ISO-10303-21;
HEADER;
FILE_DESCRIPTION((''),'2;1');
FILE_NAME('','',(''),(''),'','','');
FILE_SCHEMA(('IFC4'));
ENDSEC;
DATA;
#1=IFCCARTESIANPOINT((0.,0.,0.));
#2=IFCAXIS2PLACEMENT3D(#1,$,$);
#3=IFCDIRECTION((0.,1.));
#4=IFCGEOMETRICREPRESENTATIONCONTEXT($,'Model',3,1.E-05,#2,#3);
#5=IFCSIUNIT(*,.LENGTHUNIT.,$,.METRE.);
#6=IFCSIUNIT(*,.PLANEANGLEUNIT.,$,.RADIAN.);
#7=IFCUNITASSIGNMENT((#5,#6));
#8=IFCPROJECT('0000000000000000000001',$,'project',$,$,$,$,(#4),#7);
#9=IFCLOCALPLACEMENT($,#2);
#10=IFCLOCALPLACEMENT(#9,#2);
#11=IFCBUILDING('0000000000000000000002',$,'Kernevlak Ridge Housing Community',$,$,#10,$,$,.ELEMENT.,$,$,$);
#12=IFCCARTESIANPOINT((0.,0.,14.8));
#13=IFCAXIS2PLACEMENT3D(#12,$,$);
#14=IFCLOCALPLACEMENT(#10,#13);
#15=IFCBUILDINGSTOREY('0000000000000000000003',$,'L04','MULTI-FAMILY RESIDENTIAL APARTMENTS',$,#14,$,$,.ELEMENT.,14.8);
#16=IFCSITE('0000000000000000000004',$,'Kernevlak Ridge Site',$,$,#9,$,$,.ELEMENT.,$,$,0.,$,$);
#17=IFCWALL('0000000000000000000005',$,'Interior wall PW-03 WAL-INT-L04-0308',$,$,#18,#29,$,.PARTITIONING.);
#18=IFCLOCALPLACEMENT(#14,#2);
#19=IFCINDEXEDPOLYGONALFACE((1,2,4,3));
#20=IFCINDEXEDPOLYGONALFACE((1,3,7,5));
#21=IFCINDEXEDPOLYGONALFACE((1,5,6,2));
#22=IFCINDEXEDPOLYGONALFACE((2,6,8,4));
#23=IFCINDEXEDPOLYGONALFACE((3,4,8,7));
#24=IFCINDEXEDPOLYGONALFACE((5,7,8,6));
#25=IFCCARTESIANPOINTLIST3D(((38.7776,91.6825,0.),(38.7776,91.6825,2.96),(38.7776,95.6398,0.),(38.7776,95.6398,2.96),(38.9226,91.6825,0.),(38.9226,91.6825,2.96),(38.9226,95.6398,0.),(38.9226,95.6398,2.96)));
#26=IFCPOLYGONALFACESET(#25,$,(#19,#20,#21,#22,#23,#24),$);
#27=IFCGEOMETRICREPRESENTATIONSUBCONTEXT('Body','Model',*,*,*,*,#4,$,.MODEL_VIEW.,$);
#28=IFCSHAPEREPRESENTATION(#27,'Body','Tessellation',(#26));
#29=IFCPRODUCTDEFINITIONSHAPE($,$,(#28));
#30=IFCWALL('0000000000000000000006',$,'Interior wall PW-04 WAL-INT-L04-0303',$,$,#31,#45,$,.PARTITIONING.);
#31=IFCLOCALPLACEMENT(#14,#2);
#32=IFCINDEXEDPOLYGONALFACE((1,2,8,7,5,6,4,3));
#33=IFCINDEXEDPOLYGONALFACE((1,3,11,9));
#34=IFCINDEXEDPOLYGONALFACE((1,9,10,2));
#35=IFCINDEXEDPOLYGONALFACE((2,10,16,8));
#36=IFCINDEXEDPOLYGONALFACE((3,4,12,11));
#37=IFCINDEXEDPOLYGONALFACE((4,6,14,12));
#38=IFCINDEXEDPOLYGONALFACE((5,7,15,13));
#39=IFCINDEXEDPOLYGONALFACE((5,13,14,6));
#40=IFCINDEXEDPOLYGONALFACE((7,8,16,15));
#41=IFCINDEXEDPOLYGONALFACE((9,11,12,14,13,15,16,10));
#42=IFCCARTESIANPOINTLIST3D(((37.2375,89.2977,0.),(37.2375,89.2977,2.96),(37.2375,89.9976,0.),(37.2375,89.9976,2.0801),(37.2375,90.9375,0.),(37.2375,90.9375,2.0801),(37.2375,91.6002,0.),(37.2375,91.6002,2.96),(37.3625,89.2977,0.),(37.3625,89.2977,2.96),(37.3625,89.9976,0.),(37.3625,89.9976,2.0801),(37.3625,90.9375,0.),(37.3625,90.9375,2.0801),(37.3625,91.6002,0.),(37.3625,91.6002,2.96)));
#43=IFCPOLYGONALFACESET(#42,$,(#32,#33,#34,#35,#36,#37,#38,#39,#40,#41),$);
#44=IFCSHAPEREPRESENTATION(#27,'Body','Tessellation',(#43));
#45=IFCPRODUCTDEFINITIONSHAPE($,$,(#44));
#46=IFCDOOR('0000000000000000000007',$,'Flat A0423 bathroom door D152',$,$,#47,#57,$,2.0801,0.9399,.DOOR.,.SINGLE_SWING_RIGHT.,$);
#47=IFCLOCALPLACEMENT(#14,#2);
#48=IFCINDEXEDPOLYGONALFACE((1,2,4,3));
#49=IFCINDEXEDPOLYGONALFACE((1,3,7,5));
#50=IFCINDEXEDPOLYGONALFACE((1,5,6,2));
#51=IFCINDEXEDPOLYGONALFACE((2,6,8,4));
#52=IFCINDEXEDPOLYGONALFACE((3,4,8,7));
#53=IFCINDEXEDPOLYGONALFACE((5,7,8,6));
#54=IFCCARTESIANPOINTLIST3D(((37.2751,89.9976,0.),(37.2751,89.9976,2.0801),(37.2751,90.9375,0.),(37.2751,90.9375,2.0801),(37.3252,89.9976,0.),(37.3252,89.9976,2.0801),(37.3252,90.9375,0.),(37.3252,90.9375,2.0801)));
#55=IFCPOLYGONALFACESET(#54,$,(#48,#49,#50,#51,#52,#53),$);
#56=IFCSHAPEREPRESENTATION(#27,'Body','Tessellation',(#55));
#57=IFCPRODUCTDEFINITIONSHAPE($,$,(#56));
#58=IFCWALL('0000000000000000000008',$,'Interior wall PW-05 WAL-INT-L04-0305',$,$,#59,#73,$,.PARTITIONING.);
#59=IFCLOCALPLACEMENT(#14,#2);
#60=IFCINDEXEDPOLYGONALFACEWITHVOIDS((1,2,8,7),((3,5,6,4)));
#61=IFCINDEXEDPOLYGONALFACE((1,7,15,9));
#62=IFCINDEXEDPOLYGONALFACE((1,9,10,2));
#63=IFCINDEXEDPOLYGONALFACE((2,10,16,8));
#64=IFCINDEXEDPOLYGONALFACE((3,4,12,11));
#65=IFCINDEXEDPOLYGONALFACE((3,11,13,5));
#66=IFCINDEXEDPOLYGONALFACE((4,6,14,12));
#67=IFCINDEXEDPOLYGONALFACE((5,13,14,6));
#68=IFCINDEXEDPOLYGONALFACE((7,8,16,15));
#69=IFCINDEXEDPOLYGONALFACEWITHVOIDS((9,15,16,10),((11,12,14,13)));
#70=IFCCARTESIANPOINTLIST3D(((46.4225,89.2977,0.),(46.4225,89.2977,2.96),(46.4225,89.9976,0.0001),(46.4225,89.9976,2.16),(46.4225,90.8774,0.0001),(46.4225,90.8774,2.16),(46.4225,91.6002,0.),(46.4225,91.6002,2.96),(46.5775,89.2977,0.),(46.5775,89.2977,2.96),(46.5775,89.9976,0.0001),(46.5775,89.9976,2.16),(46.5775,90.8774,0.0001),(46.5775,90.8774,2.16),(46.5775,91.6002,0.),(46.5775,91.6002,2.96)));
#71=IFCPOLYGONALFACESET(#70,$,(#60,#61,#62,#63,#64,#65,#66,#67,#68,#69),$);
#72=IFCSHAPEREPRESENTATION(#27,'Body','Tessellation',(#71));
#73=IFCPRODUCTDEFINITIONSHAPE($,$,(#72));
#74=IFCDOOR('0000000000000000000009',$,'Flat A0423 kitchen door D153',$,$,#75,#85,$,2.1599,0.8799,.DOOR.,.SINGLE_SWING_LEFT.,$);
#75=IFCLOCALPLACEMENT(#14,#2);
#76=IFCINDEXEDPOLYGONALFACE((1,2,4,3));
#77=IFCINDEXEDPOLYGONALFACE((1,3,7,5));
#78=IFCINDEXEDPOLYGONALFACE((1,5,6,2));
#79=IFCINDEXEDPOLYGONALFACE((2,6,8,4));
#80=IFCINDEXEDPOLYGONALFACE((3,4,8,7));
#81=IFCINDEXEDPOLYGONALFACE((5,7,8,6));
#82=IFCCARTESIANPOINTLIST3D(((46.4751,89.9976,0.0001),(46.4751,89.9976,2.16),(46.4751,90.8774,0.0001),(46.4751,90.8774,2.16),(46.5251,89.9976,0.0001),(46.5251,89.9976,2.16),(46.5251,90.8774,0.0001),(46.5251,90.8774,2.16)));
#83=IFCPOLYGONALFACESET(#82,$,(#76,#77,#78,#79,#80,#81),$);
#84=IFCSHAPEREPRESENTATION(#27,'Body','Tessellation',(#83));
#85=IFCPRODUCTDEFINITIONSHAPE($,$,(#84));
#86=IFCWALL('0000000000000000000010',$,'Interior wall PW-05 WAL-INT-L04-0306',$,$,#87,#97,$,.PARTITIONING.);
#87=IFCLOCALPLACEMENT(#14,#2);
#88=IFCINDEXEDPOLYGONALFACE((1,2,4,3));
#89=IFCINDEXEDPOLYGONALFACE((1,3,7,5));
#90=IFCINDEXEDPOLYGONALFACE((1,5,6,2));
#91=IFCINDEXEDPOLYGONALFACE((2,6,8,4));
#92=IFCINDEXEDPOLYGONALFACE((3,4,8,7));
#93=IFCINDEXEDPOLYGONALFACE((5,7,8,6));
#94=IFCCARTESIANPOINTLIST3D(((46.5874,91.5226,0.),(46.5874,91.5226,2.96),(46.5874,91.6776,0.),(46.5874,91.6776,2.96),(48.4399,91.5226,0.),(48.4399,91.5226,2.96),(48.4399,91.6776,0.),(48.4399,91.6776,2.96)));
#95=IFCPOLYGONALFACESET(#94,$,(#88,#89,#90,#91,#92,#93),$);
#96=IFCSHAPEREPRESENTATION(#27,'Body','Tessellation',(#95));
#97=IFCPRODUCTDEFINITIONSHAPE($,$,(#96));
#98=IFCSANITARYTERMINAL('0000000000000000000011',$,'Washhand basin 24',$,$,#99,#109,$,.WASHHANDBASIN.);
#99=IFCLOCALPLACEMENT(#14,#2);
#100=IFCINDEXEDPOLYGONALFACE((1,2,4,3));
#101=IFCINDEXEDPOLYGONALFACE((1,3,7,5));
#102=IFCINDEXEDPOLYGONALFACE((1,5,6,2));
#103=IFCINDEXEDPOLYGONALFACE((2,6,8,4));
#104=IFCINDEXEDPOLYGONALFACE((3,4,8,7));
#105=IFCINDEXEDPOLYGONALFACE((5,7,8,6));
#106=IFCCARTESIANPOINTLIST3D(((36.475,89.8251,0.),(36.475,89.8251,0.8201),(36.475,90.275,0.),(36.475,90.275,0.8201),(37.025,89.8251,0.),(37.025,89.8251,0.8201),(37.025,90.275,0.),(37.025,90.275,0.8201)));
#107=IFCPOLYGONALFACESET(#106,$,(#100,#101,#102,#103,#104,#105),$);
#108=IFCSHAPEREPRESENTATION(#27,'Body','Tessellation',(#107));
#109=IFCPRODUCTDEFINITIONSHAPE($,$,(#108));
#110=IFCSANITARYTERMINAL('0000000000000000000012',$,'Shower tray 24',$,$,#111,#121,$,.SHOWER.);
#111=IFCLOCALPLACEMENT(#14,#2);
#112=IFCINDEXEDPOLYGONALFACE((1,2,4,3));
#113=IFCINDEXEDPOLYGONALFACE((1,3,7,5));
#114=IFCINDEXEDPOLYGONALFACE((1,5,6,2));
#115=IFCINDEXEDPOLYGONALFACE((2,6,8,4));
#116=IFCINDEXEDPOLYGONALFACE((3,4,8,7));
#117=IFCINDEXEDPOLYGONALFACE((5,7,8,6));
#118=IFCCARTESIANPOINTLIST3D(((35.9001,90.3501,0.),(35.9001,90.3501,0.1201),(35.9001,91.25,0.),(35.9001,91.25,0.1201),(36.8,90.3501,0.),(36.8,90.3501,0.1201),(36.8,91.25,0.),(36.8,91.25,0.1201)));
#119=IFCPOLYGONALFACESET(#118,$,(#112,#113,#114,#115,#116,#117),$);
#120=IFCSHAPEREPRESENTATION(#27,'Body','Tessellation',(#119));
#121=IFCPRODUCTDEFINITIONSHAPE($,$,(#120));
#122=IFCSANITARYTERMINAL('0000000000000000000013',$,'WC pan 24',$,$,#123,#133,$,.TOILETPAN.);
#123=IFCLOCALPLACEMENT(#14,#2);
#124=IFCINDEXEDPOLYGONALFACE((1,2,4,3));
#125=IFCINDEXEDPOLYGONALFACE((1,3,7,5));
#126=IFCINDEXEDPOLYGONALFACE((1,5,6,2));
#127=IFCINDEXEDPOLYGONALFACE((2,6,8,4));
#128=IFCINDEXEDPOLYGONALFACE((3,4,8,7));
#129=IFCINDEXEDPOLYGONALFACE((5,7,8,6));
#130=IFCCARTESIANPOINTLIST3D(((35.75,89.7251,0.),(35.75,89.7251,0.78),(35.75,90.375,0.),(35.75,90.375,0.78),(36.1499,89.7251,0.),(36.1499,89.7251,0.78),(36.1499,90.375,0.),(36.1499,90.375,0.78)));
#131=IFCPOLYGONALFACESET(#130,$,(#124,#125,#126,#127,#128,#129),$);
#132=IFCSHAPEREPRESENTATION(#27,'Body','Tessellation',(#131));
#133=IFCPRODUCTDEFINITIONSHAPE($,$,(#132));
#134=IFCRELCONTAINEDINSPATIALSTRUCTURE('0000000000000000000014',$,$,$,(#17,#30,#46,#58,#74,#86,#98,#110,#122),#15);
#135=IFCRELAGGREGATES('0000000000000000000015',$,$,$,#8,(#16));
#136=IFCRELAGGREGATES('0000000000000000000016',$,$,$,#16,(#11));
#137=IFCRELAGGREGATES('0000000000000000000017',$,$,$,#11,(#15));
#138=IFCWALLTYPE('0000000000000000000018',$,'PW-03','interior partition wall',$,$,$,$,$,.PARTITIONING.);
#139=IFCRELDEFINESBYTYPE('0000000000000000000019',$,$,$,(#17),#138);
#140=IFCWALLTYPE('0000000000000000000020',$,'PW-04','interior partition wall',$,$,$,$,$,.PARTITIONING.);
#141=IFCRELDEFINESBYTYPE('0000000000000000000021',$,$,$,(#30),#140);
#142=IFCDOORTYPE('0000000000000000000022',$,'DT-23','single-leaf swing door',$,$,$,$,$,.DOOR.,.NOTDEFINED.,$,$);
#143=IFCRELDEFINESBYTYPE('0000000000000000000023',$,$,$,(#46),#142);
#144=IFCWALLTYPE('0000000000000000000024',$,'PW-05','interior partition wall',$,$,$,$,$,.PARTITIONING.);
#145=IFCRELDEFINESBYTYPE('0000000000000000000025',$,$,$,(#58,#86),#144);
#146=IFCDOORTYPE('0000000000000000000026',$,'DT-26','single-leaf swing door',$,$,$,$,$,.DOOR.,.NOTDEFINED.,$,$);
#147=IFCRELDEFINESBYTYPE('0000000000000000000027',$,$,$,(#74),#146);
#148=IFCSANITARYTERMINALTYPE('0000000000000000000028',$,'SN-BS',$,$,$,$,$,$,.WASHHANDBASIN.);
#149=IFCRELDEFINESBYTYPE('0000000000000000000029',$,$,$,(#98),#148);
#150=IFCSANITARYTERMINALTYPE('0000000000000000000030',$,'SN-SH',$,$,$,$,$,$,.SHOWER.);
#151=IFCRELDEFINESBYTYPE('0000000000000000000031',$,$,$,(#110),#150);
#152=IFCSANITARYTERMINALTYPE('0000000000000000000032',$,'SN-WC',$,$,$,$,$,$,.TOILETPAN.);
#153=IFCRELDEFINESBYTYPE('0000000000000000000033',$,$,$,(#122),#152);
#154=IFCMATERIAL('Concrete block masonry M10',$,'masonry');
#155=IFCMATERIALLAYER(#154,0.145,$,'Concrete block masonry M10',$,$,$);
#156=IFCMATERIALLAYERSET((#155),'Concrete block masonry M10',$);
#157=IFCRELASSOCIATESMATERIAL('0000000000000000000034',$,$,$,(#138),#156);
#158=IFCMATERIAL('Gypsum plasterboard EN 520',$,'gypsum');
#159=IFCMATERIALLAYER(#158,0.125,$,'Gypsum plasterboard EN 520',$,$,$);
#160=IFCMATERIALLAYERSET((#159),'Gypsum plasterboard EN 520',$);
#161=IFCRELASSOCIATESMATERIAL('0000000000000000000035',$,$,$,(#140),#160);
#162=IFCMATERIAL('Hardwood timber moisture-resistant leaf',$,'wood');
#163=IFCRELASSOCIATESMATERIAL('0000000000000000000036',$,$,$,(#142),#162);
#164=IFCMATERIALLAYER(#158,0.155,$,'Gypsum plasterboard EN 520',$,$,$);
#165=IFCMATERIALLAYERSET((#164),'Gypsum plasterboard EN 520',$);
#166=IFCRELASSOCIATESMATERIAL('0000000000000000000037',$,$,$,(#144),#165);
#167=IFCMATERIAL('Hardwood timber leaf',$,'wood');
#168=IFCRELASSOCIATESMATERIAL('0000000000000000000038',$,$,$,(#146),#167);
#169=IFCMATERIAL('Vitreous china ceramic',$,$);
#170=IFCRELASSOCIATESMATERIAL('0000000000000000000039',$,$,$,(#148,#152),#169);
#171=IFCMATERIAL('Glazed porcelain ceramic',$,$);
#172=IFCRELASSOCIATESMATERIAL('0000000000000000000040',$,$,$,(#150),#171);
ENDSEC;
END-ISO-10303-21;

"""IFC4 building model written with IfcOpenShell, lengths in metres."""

from ifc_helpers import new_model, si_unit, direction, frame, frame_2d, origin, origin_2d, place, context, subcontext, project, spatial, rectangle, extrude, material, layer, layer_set, type_object, element, fill, save


model = new_model("IFC4")

# Units and contexts
model_context = context("Model", 3, precision=1e-05, world=origin(), true_north=direction((0.0, 1.0)))
body_context = subcontext(model_context, "Body", "Model", "MODEL_VIEW")
ifc_project = project(units=[si_unit("LENGTHUNIT", "METRE"), si_unit("PLANEANGLEUNIT", "RADIAN")], contexts=[model_context])

# Site, building, storey
site_placement = place(None, origin())
site = spatial("IfcSite", under=ifc_project, at=site_placement, Name="Kernevlak Ridge Site", CompositionType="ELEMENT", RefElevation=0.0)
building_placement = place(site_placement, origin())
building = spatial("IfcBuilding", under=site, at=building_placement, Name="Kernevlak Ridge Housing Community", CompositionType="ELEMENT")
storey_placement = place(building_placement, frame((0.0, 0.0, 14.8)))
storey = spatial("IfcBuildingStorey", under=building, at=storey_placement, Name="L04", Description="MULTI-FAMILY RESIDENTIAL APARTMENTS", CompositionType="ELEMENT", Elevation=14.8)

# Shared definitions
ifc_material_1 = material(Name="Concrete block masonry M10", Category="masonry")

# Shared definitions
ifc_layer_1 = layer(ifc_material_1, 0.145, Name="Concrete block masonry M10")
ifc_layer_set_1 = layer_set([ifc_layer_1], Name="Concrete block masonry M10")
wall_type_1 = type_object("IfcWallType", Name="PW-03", Description="interior partition wall", PredefinedType="PARTITIONING", material=ifc_layer_set_1)

# Shared definitions
ifc_material_2 = material(Name="Hardwood timber leaf", Category="wood")

# Wall
wall_1_placement = place(storey_placement, frame((38.8501, 91.6826, 0.0), z_axis=(0.0, 0.0, 1.0), x_axis=(0.0, 1.0, 0.0)))
element("IfcWall", 1, at=wall_1_placement, inside=storey, type_object=wall_type_1, Name="Interior wall PW-03 WAL-INT-L04-0308", PredefinedType="PARTITIONING", context=body_context, shape_type="SweptSolid", body=[
    extrude(rectangle(XDim=3.9573, YDim=0.145, at=frame_2d((1.9785, 0.0))), origin(), (0.0, 0.0, 1.0), 2.96),
])

# Walls, openings, doors
ifc_material_3 = material(Name="Gypsum plasterboard EN 520", Category="gypsum")
ifc_layer_2 = layer(ifc_material_3, 0.125, Name="Gypsum plasterboard EN 520")
ifc_layer_set_2 = layer_set([ifc_layer_2], Name="Gypsum plasterboard EN 520")
wall_type_2 = type_object("IfcWallType", Name="PW-04", Description="interior partition wall", PredefinedType="PARTITIONING", material=ifc_layer_set_2)
wall_2_placement = place(storey_placement, frame((37.3, 89.2976, 0.0), z_axis=(0.0, 0.0, 1.0), x_axis=(0.0, 1.0, 0.0)))
wall_2 = element("IfcWall", 2, at=wall_2_placement, inside=storey, type_object=wall_type_2, Name="Interior wall PW-04 WAL-INT-L04-0303", PredefinedType="PARTITIONING", context=body_context, shape_type="SweptSolid", body=[
    extrude(rectangle(XDim=2.3025, YDim=0.125, at=frame_2d((1.1514, 0.0))), origin(), (0.0, 0.0, 1.0), 2.96),
])
opening_1_placement = place(wall_2_placement, frame((0.7, 0.0, 0.0)))
opening_1 = element("IfcOpeningElement", 3, at=opening_1_placement, cuts=wall_2, PredefinedType="OPENING", context=body_context, shape_type="SweptSolid", body=[
    extrude(rectangle(XDim=0.9399, YDim=2.0801, at=frame_2d((0.47, 1.04))), frame((0.0, 0.0725, 0.0), z_axis=(0.0, -1.0, 0.0), x_axis=(1.0, 0.0, 0.0)), (0.0, 0.0, 1.0), 0.145),
])
ifc_material_4 = material(Name="Hardwood timber moisture-resistant leaf", Category="wood")
door_type_1 = type_object("IfcDoorType", Name="DT-23", Description="single-leaf swing door", OperationType="NOTDEFINED", PredefinedType="DOOR", material=ifc_material_4)
door_1_placement = place(opening_1_placement, origin())
door_1 = element("IfcDoor", 4, at=door_1_placement, inside=storey, type_object=door_type_1, Name="Flat A0423 bathroom door D152", OperationType="SINGLE_SWING_RIGHT", OverallHeight=2.0801, OverallWidth=0.9399, PredefinedType="DOOR", context=body_context, shape_type="SweptSolid", body=[
    extrude(rectangle(XDim=0.9399, YDim=2.0801, at=frame_2d((0.47, 1.04))), frame((0.0, 0.0249, 0.0), z_axis=(0.0, -1.0, 0.0), x_axis=(1.0, 0.0, 0.0)), (0.0, 0.0, 1.0), 0.05),
])
fill(opening_1, door_1)
ifc_layer_3 = layer(ifc_material_3, 0.155, Name="Gypsum plasterboard EN 520")
ifc_layer_set_3 = layer_set([ifc_layer_3], Name="Gypsum plasterboard EN 520")
wall_type_3 = type_object("IfcWallType", Name="PW-05", Description="interior partition wall", PredefinedType="PARTITIONING", material=ifc_layer_set_3)
wall_3_placement = place(storey_placement, frame((46.5, 89.2976, 0.0), z_axis=(0.0, 0.0, 1.0), x_axis=(0.0, 1.0, 0.0)))
wall_3 = element("IfcWall", 5, at=wall_3_placement, inside=storey, type_object=wall_type_3, Name="Interior wall PW-05 WAL-INT-L04-0305", PredefinedType="PARTITIONING", context=body_context, shape_type="SweptSolid", body=[
    extrude(rectangle(XDim=2.3025, YDim=0.155, at=frame_2d((1.1514, 0.0))), origin(), (0.0, 0.0, 1.0), 2.96),
])
opening_2_placement = place(wall_3_placement, frame((0.7, 0.0, 0.0)))
opening_2 = element("IfcOpeningElement", 6, at=opening_2_placement, cuts=wall_3, PredefinedType="OPENING", context=body_context, shape_type="SweptSolid", body=[
    extrude(rectangle(XDim=0.8799, YDim=2.1599, at=frame_2d((0.4399, 1.0801))), frame((0.0, 0.0874, 0.0), z_axis=(0.0, -1.0, 0.0), x_axis=(1.0, 0.0, 0.0)), (0.0, 0.0, 1.0), 0.175),
])
door_type_2 = type_object("IfcDoorType", Name="DT-26", Description="single-leaf swing door", OperationType="NOTDEFINED", PredefinedType="DOOR", material=ifc_material_2)
door_2_placement = place(opening_2_placement, origin())
door_2 = element("IfcDoor", 7, at=door_2_placement, inside=storey, type_object=door_type_2, Name="Flat A0423 kitchen door D153", OperationType="SINGLE_SWING_LEFT", OverallHeight=2.1599, OverallWidth=0.8799, PredefinedType="DOOR", context=body_context, shape_type="SweptSolid", body=[
    extrude(rectangle(XDim=0.8799, YDim=2.1599, at=frame_2d((0.4399, 1.0801))), frame((0.0, 0.0249, 0.0), z_axis=(0.0, -1.0, 0.0), x_axis=(1.0, 0.0, 0.0)), (0.0, 0.0, 1.0), 0.05),
])
fill(opening_2, door_2)

# Wall
wall_4_placement = place(storey_placement, frame((46.5874, 91.6001, 0.0), z_axis=(0.0, 0.0, 1.0), x_axis=(1.0, 0.0, 0.0)))
element("IfcWall", 8, at=wall_4_placement, inside=storey, type_object=wall_type_3, Name="Interior wall PW-05 WAL-INT-L04-0306", PredefinedType="PARTITIONING", context=body_context, shape_type="SweptSolid", body=[
    extrude(rectangle(XDim=1.8525, YDim=0.155, at=frame_2d((0.9263, 0.0))), origin(), (0.0, 0.0, 1.0), 2.96),
])

# Sanitary terminals
ifc_material_5 = material(Name="Vitreous china ceramic")
sanitary_terminal_type_1 = type_object("IfcSanitaryTerminalType", Name="SN-BS", PredefinedType="WASHHANDBASIN", material=ifc_material_5)
sanitary_terminal_1_placement = place(storey_placement, frame((36.75, 90.05, 0.0), z_axis=(0.0, 0.0, 1.0), x_axis=(1.0, 0.0, 0.0)))
element("IfcSanitaryTerminal", 9, at=sanitary_terminal_1_placement, inside=storey, type_object=sanitary_terminal_type_1, Name="Washhand basin 24", PredefinedType="WASHHANDBASIN", context=body_context, shape_type="SweptSolid", body=[
    extrude(rectangle(XDim=0.55, YDim=0.45, at=origin_2d()), origin(), (0.0, 0.0, 1.0), 0.8201),
])
ifc_material_6 = material(Name="Glazed porcelain ceramic")
sanitary_terminal_type_2 = type_object("IfcSanitaryTerminalType", Name="SN-SH", PredefinedType="SHOWER", material=ifc_material_6)
sanitary_terminal_2_placement = place(storey_placement, frame((36.3501, 90.8, 0.0), z_axis=(0.0, 0.0, 1.0), x_axis=(1.0, 0.0, 0.0)))
element("IfcSanitaryTerminal", 10, at=sanitary_terminal_2_placement, inside=storey, type_object=sanitary_terminal_type_2, Name="Shower tray 24", PredefinedType="SHOWER", context=body_context, shape_type="SweptSolid", body=[
    extrude(rectangle(XDim=0.8999, YDim=0.8999, at=origin_2d()), origin(), (0.0, 0.0, 1.0), 0.1201),
])
sanitary_terminal_type_3 = type_object("IfcSanitaryTerminalType", Name="SN-WC", PredefinedType="TOILETPAN", material=ifc_material_5)
sanitary_terminal_3_placement = place(storey_placement, frame((35.95, 90.05, 0.0), z_axis=(0.0, 0.0, 1.0), x_axis=(1.0, 0.0, 0.0)))
element("IfcSanitaryTerminal", 11, at=sanitary_terminal_3_placement, inside=storey, type_object=sanitary_terminal_type_3, Name="WC pan 24", PredefinedType="TOILETPAN", context=body_context, shape_type="SweptSolid", body=[
    extrude(rectangle(XDim=0.3999, YDim=0.6499, at=origin_2d()), origin(), (0.0, 0.0, 1.0), 0.78),
])

save(model, "model.ifc")
